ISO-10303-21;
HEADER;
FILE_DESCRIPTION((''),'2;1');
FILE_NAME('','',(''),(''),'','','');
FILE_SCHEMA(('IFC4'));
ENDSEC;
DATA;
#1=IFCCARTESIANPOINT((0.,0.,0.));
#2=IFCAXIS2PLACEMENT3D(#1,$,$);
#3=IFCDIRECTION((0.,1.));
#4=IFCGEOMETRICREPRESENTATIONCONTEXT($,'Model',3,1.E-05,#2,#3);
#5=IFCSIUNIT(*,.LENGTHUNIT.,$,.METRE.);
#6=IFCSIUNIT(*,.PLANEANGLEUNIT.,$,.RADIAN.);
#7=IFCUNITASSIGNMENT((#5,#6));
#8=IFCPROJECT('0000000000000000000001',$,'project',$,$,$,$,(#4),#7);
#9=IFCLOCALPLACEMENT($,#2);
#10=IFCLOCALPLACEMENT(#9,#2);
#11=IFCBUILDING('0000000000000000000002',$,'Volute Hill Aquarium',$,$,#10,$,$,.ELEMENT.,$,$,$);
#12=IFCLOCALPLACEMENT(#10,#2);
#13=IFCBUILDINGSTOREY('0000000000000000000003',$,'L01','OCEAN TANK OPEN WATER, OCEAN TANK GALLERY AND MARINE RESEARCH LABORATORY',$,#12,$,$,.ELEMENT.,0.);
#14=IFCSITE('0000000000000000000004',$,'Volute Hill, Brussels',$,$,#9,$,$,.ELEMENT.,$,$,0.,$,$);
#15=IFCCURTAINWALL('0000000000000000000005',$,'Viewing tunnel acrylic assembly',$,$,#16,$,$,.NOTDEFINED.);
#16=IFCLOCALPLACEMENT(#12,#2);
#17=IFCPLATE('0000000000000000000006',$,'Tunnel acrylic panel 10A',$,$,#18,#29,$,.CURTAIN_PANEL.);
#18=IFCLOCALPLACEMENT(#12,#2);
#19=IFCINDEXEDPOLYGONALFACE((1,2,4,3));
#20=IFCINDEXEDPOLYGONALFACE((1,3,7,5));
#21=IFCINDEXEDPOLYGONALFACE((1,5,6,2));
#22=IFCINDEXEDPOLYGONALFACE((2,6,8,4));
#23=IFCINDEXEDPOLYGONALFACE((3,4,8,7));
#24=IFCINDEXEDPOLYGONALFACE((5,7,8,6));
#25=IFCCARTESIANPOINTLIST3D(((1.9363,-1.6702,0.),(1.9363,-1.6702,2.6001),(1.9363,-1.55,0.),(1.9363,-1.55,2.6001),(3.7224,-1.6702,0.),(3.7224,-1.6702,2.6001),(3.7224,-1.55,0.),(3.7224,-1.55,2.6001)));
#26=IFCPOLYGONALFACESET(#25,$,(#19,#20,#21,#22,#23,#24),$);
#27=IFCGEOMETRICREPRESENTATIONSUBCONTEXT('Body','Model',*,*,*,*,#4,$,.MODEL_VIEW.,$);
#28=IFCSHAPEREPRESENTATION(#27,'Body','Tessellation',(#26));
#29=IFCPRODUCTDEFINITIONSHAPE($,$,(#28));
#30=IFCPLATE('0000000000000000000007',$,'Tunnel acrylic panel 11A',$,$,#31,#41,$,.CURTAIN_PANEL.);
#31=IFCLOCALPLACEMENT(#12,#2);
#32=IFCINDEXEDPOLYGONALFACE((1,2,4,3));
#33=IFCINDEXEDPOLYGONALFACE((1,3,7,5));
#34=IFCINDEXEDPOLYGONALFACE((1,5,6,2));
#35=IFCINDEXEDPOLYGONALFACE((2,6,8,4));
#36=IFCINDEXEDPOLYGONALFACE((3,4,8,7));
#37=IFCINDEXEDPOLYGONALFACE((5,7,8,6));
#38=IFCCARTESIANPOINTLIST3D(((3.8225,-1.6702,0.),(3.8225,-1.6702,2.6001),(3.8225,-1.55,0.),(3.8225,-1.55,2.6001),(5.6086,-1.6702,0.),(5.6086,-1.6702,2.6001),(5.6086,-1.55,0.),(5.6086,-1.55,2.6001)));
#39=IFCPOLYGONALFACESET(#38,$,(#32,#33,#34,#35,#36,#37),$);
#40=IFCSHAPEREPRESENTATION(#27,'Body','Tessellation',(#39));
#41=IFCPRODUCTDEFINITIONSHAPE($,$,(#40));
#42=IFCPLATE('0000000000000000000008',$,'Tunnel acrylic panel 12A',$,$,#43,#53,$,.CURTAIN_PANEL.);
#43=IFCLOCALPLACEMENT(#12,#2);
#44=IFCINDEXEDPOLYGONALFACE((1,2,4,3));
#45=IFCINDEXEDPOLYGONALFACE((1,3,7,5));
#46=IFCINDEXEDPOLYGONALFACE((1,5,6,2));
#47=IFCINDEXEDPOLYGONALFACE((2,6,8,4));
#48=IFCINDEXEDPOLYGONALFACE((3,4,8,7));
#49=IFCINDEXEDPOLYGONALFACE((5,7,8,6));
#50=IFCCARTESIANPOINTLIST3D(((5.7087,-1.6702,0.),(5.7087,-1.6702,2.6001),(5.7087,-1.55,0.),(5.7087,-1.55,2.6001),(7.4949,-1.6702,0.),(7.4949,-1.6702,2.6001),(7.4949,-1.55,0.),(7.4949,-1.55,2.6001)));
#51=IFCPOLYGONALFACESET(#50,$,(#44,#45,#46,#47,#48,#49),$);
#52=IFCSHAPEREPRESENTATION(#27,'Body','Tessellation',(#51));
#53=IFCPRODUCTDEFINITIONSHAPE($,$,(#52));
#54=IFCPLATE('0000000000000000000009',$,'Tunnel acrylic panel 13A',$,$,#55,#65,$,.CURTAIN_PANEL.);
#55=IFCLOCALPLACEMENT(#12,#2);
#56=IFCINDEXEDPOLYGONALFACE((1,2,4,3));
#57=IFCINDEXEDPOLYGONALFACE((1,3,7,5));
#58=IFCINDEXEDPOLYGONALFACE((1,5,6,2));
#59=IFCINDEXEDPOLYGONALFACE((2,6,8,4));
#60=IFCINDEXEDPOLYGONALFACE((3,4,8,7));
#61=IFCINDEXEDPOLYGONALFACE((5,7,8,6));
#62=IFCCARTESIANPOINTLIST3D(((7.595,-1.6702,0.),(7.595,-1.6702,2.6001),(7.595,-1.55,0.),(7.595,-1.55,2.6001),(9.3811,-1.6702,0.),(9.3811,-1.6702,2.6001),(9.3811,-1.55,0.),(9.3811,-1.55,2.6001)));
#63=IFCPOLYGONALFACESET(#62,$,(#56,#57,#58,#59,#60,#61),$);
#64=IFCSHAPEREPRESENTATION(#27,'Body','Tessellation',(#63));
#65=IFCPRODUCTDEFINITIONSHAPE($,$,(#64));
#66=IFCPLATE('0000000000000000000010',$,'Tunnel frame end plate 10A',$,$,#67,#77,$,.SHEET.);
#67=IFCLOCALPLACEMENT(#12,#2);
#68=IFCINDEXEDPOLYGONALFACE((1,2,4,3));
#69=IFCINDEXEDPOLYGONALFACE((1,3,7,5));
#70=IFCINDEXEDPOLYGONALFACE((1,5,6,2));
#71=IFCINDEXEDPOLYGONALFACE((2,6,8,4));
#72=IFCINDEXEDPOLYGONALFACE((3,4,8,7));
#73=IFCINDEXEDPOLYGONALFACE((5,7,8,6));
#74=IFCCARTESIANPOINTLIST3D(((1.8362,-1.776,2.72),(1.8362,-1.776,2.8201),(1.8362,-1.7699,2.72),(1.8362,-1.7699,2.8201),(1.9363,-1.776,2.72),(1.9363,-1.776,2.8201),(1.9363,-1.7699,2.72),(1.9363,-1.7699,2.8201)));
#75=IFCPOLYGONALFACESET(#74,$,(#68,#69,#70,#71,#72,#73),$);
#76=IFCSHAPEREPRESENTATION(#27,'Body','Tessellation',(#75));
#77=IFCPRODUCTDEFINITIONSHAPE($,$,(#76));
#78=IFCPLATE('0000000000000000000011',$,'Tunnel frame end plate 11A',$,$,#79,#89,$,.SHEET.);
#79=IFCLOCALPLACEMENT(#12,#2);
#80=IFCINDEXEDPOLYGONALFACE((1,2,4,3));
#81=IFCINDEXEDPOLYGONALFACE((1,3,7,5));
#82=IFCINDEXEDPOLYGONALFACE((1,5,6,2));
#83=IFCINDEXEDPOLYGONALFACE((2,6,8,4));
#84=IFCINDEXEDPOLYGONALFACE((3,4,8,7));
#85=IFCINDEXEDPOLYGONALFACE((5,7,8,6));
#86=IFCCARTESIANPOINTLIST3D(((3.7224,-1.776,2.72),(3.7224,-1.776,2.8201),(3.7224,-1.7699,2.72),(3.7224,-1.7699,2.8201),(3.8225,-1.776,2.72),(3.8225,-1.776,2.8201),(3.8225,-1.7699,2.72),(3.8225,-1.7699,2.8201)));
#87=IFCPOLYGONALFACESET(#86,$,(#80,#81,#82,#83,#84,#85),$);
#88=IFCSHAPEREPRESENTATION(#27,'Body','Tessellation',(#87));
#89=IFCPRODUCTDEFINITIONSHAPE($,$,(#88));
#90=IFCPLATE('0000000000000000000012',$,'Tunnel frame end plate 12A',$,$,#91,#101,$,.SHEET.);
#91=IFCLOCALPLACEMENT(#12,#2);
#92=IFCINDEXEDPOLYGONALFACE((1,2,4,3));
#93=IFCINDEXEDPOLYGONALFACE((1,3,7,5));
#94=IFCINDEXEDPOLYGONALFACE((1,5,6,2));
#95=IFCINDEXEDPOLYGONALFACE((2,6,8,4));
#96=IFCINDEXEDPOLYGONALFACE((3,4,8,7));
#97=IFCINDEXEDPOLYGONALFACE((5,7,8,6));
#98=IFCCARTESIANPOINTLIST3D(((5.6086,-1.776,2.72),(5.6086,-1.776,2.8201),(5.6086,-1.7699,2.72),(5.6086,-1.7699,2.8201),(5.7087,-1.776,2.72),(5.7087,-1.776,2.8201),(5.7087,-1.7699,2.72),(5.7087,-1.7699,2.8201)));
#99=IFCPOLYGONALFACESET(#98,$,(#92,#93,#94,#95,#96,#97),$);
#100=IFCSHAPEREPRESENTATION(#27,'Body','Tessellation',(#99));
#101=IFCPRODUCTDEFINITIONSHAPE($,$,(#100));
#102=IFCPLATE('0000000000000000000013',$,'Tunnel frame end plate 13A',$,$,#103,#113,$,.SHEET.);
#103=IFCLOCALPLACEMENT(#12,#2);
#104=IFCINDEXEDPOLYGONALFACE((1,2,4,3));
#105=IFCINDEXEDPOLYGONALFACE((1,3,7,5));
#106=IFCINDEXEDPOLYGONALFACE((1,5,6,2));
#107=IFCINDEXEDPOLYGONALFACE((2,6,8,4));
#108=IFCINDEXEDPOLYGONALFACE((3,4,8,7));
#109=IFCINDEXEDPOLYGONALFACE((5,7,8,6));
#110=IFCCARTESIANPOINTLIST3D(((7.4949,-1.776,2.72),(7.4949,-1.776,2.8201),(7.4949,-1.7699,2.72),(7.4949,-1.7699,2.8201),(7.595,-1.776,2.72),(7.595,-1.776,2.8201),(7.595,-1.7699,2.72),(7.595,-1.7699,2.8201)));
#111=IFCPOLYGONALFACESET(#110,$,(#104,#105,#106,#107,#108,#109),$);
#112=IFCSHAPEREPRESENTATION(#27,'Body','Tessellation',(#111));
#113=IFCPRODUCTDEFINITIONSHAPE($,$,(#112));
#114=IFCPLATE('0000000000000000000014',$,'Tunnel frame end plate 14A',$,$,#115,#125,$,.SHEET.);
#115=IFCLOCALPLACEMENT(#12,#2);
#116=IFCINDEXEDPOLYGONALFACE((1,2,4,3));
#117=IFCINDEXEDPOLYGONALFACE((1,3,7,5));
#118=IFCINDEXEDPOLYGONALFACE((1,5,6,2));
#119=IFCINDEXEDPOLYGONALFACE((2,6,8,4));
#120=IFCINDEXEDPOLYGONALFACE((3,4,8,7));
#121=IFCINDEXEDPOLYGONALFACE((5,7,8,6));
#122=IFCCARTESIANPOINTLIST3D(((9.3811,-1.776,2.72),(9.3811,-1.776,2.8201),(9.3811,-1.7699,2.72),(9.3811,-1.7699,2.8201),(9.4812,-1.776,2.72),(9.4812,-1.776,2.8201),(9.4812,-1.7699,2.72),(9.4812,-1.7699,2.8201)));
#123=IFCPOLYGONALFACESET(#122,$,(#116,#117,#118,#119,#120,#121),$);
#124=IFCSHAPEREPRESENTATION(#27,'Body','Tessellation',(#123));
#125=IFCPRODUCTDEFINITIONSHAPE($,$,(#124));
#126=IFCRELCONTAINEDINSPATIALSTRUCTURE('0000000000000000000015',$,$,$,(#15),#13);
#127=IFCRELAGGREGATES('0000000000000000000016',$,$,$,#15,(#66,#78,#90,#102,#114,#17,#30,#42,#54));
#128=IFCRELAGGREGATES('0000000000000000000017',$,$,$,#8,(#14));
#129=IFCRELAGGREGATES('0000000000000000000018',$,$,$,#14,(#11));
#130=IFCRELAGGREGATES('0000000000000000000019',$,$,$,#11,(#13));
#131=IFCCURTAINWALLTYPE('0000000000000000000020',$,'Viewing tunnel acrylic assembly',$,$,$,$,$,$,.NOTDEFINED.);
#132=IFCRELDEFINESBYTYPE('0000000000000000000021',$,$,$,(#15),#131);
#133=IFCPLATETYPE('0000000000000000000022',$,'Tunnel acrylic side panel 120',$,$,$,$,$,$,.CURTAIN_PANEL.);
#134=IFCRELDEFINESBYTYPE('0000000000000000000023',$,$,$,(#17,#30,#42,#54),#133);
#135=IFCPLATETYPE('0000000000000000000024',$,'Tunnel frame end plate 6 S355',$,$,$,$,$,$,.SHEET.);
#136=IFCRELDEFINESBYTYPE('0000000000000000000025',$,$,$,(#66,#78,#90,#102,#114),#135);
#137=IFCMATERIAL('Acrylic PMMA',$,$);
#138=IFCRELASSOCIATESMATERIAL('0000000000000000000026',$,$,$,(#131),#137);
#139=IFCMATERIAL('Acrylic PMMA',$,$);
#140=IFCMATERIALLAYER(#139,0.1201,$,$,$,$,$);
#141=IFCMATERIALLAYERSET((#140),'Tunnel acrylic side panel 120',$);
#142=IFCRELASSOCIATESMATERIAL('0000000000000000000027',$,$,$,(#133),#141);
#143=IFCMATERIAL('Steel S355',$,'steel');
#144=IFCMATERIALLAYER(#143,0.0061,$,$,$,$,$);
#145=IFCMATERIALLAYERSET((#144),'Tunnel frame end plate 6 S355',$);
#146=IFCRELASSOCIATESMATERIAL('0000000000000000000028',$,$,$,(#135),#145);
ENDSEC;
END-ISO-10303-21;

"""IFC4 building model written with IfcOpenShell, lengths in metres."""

from ifc_helpers import new_model, si_unit, direction, frame, origin, origin_2d, place, context, subcontext, project, spatial, rectangle, extrude, material, layer, layer_set, type_object, element, aggregate, save


model = new_model("IFC4")

# Units and contexts
model_context = context("Model", 3, precision=1e-05, world=origin(), true_north=direction((0.0, 1.0)))
body_context = subcontext(model_context, "Body", "Model", "MODEL_VIEW")
ifc_project = project(units=[si_unit("LENGTHUNIT", "METRE"), si_unit("PLANEANGLEUNIT", "RADIAN")], contexts=[model_context])

# Site, building, storey
site_placement = place(None, origin())
site = spatial("IfcSite", under=ifc_project, at=site_placement, Name="Volute Hill, Brussels", CompositionType="ELEMENT", RefElevation=0.0)
building_placement = place(site_placement, origin())
building = spatial("IfcBuilding", under=site, at=building_placement, Name="Volute Hill Aquarium", CompositionType="ELEMENT")
storey_placement = place(building_placement, origin())
storey = spatial("IfcBuildingStorey", under=building, at=storey_placement, Name="L01", Description="OCEAN TANK OPEN WATER, OCEAN TANK GALLERY AND MARINE RESEARCH LABORATORY", CompositionType="ELEMENT", Elevation=0.0)

# Curtain wall, plates
ifc_material_1 = material(Name="Acrylic PMMA")
curtain_wall_type = type_object("IfcCurtainWallType", Name="Viewing tunnel acrylic assembly", PredefinedType="NOTDEFINED", material=ifc_material_1)
curtain_wall_placement = place(storey_placement, origin())
curtain_wall = element("IfcCurtainWall", 1, at=curtain_wall_placement, inside=storey, type_object=curtain_wall_type, Name="Viewing tunnel acrylic assembly", PredefinedType="NOTDEFINED")
ifc_material_2 = material(Name="Acrylic PMMA")
ifc_layer_1 = layer(ifc_material_2, 0.1201)
ifc_layer_set_1 = layer_set([ifc_layer_1], Name="Tunnel acrylic side panel 120")
plate_type_1 = type_object("IfcPlateType", Name="Tunnel acrylic side panel 120", PredefinedType="CURTAIN_PANEL", material=ifc_layer_set_1)
plate_1_placement = place(storey_placement, frame((2.8293, -1.6101, 0.0), z_axis=(0.0, 0.0, 1.0), x_axis=(1.0, 0.0, 0.0)))
plate_1 = element("IfcPlate", 2, at=plate_1_placement, type_object=plate_type_1, Name="Tunnel acrylic panel 10A", PredefinedType="CURTAIN_PANEL", context=body_context, shape_type="SweptSolid", body=[
    extrude(rectangle(XDim=1.7861, YDim=0.1201, at=origin_2d()), origin(), (0.0, 0.0, 1.0), 2.6001),
])
plate_2_placement = place(storey_placement, frame((4.7156, -1.6101, 0.0), z_axis=(0.0, 0.0, 1.0), x_axis=(1.0, 0.0, 0.0)))
plate_2 = element("IfcPlate", 3, at=plate_2_placement, type_object=plate_type_1, Name="Tunnel acrylic panel 11A", PredefinedType="CURTAIN_PANEL", context=body_context, shape_type="SweptSolid", body=[
    extrude(rectangle(XDim=1.7861, YDim=0.1201, at=origin_2d()), origin(), (0.0, 0.0, 1.0), 2.6001),
])
plate_3_placement = place(storey_placement, frame((6.6018, -1.6101, 0.0), z_axis=(0.0, 0.0, 1.0), x_axis=(1.0, 0.0, 0.0)))
plate_3 = element("IfcPlate", 4, at=plate_3_placement, type_object=plate_type_1, Name="Tunnel acrylic panel 12A", PredefinedType="CURTAIN_PANEL", context=body_context, shape_type="SweptSolid", body=[
    extrude(rectangle(XDim=1.7861, YDim=0.1201, at=origin_2d()), origin(), (0.0, 0.0, 1.0), 2.6001),
])
plate_4_placement = place(storey_placement, frame((8.488, -1.6101, 0.0), z_axis=(0.0, 0.0, 1.0), x_axis=(1.0, 0.0, 0.0)))
plate_4 = element("IfcPlate", 5, at=plate_4_placement, type_object=plate_type_1, Name="Tunnel acrylic panel 13A", PredefinedType="CURTAIN_PANEL", context=body_context, shape_type="SweptSolid", body=[
    extrude(rectangle(XDim=1.7861, YDim=0.1201, at=origin_2d()), origin(), (0.0, 0.0, 1.0), 2.6001),
])
ifc_material_3 = material(Name="Steel S355", Category="steel")
ifc_layer_2 = layer(ifc_material_3, 0.0061)
ifc_layer_set_2 = layer_set([ifc_layer_2], Name="Tunnel frame end plate 6 S355")
plate_type_2 = type_object("IfcPlateType", Name="Tunnel frame end plate 6 S355", PredefinedType="SHEET", material=ifc_layer_set_2)
plate_5_placement = place(storey_placement, frame((1.8862, -1.7729, 2.72), z_axis=(0.0, 0.0, 1.0), x_axis=(1.0, 0.0, 0.0)))
plate_5 = element("IfcPlate", 6, at=plate_5_placement, type_object=plate_type_2, Name="Tunnel frame end plate 10A", PredefinedType="SHEET", context=body_context, shape_type="SweptSolid", body=[
    extrude(rectangle(XDim=0.1001, YDim=0.0061, at=origin_2d()), origin(), (0.0, 0.0, 1.0), 0.1001),
])
plate_6_placement = place(storey_placement, frame((3.7725, -1.7729, 2.72), z_axis=(0.0, 0.0, 1.0), x_axis=(1.0, 0.0, 0.0)))
plate_6 = element("IfcPlate", 7, at=plate_6_placement, type_object=plate_type_2, Name="Tunnel frame end plate 11A", PredefinedType="SHEET", context=body_context, shape_type="SweptSolid", body=[
    extrude(rectangle(XDim=0.1001, YDim=0.0061, at=origin_2d()), origin(), (0.0, 0.0, 1.0), 0.1001),
])
plate_7_placement = place(storey_placement, frame((5.6587, -1.7729, 2.72), z_axis=(0.0, 0.0, 1.0), x_axis=(1.0, 0.0, 0.0)))
plate_7 = element("IfcPlate", 8, at=plate_7_placement, type_object=plate_type_2, Name="Tunnel frame end plate 12A", PredefinedType="SHEET", context=body_context, shape_type="SweptSolid", body=[
    extrude(rectangle(XDim=0.1001, YDim=0.0061, at=origin_2d()), origin(), (0.0, 0.0, 1.0), 0.1001),
])
plate_8_placement = place(storey_placement, frame((7.5449, -1.7729, 2.72), z_axis=(0.0, 0.0, 1.0), x_axis=(1.0, 0.0, 0.0)))
plate_8 = element("IfcPlate", 9, at=plate_8_placement, type_object=plate_type_2, Name="Tunnel frame end plate 13A", PredefinedType="SHEET", context=body_context, shape_type="SweptSolid", body=[
    extrude(rectangle(XDim=0.1001, YDim=0.0061, at=origin_2d()), origin(), (0.0, 0.0, 1.0), 0.1001),
])
plate_9_placement = place(storey_placement, frame((9.4312, -1.7729, 2.72), z_axis=(0.0, 0.0, 1.0), x_axis=(1.0, 0.0, 0.0)))
plate_9 = element("IfcPlate", 10, at=plate_9_placement, type_object=plate_type_2, Name="Tunnel frame end plate 14A", PredefinedType="SHEET", context=body_context, shape_type="SweptSolid", body=[
    extrude(rectangle(XDim=0.1001, YDim=0.0061, at=origin_2d()), origin(), (0.0, 0.0, 1.0), 0.1001),
])
aggregate(curtain_wall, [plate_5, plate_6, plate_7, plate_8, plate_9, plate_1, plate_2, plate_3, plate_4])

save(model, "model.ifc")
